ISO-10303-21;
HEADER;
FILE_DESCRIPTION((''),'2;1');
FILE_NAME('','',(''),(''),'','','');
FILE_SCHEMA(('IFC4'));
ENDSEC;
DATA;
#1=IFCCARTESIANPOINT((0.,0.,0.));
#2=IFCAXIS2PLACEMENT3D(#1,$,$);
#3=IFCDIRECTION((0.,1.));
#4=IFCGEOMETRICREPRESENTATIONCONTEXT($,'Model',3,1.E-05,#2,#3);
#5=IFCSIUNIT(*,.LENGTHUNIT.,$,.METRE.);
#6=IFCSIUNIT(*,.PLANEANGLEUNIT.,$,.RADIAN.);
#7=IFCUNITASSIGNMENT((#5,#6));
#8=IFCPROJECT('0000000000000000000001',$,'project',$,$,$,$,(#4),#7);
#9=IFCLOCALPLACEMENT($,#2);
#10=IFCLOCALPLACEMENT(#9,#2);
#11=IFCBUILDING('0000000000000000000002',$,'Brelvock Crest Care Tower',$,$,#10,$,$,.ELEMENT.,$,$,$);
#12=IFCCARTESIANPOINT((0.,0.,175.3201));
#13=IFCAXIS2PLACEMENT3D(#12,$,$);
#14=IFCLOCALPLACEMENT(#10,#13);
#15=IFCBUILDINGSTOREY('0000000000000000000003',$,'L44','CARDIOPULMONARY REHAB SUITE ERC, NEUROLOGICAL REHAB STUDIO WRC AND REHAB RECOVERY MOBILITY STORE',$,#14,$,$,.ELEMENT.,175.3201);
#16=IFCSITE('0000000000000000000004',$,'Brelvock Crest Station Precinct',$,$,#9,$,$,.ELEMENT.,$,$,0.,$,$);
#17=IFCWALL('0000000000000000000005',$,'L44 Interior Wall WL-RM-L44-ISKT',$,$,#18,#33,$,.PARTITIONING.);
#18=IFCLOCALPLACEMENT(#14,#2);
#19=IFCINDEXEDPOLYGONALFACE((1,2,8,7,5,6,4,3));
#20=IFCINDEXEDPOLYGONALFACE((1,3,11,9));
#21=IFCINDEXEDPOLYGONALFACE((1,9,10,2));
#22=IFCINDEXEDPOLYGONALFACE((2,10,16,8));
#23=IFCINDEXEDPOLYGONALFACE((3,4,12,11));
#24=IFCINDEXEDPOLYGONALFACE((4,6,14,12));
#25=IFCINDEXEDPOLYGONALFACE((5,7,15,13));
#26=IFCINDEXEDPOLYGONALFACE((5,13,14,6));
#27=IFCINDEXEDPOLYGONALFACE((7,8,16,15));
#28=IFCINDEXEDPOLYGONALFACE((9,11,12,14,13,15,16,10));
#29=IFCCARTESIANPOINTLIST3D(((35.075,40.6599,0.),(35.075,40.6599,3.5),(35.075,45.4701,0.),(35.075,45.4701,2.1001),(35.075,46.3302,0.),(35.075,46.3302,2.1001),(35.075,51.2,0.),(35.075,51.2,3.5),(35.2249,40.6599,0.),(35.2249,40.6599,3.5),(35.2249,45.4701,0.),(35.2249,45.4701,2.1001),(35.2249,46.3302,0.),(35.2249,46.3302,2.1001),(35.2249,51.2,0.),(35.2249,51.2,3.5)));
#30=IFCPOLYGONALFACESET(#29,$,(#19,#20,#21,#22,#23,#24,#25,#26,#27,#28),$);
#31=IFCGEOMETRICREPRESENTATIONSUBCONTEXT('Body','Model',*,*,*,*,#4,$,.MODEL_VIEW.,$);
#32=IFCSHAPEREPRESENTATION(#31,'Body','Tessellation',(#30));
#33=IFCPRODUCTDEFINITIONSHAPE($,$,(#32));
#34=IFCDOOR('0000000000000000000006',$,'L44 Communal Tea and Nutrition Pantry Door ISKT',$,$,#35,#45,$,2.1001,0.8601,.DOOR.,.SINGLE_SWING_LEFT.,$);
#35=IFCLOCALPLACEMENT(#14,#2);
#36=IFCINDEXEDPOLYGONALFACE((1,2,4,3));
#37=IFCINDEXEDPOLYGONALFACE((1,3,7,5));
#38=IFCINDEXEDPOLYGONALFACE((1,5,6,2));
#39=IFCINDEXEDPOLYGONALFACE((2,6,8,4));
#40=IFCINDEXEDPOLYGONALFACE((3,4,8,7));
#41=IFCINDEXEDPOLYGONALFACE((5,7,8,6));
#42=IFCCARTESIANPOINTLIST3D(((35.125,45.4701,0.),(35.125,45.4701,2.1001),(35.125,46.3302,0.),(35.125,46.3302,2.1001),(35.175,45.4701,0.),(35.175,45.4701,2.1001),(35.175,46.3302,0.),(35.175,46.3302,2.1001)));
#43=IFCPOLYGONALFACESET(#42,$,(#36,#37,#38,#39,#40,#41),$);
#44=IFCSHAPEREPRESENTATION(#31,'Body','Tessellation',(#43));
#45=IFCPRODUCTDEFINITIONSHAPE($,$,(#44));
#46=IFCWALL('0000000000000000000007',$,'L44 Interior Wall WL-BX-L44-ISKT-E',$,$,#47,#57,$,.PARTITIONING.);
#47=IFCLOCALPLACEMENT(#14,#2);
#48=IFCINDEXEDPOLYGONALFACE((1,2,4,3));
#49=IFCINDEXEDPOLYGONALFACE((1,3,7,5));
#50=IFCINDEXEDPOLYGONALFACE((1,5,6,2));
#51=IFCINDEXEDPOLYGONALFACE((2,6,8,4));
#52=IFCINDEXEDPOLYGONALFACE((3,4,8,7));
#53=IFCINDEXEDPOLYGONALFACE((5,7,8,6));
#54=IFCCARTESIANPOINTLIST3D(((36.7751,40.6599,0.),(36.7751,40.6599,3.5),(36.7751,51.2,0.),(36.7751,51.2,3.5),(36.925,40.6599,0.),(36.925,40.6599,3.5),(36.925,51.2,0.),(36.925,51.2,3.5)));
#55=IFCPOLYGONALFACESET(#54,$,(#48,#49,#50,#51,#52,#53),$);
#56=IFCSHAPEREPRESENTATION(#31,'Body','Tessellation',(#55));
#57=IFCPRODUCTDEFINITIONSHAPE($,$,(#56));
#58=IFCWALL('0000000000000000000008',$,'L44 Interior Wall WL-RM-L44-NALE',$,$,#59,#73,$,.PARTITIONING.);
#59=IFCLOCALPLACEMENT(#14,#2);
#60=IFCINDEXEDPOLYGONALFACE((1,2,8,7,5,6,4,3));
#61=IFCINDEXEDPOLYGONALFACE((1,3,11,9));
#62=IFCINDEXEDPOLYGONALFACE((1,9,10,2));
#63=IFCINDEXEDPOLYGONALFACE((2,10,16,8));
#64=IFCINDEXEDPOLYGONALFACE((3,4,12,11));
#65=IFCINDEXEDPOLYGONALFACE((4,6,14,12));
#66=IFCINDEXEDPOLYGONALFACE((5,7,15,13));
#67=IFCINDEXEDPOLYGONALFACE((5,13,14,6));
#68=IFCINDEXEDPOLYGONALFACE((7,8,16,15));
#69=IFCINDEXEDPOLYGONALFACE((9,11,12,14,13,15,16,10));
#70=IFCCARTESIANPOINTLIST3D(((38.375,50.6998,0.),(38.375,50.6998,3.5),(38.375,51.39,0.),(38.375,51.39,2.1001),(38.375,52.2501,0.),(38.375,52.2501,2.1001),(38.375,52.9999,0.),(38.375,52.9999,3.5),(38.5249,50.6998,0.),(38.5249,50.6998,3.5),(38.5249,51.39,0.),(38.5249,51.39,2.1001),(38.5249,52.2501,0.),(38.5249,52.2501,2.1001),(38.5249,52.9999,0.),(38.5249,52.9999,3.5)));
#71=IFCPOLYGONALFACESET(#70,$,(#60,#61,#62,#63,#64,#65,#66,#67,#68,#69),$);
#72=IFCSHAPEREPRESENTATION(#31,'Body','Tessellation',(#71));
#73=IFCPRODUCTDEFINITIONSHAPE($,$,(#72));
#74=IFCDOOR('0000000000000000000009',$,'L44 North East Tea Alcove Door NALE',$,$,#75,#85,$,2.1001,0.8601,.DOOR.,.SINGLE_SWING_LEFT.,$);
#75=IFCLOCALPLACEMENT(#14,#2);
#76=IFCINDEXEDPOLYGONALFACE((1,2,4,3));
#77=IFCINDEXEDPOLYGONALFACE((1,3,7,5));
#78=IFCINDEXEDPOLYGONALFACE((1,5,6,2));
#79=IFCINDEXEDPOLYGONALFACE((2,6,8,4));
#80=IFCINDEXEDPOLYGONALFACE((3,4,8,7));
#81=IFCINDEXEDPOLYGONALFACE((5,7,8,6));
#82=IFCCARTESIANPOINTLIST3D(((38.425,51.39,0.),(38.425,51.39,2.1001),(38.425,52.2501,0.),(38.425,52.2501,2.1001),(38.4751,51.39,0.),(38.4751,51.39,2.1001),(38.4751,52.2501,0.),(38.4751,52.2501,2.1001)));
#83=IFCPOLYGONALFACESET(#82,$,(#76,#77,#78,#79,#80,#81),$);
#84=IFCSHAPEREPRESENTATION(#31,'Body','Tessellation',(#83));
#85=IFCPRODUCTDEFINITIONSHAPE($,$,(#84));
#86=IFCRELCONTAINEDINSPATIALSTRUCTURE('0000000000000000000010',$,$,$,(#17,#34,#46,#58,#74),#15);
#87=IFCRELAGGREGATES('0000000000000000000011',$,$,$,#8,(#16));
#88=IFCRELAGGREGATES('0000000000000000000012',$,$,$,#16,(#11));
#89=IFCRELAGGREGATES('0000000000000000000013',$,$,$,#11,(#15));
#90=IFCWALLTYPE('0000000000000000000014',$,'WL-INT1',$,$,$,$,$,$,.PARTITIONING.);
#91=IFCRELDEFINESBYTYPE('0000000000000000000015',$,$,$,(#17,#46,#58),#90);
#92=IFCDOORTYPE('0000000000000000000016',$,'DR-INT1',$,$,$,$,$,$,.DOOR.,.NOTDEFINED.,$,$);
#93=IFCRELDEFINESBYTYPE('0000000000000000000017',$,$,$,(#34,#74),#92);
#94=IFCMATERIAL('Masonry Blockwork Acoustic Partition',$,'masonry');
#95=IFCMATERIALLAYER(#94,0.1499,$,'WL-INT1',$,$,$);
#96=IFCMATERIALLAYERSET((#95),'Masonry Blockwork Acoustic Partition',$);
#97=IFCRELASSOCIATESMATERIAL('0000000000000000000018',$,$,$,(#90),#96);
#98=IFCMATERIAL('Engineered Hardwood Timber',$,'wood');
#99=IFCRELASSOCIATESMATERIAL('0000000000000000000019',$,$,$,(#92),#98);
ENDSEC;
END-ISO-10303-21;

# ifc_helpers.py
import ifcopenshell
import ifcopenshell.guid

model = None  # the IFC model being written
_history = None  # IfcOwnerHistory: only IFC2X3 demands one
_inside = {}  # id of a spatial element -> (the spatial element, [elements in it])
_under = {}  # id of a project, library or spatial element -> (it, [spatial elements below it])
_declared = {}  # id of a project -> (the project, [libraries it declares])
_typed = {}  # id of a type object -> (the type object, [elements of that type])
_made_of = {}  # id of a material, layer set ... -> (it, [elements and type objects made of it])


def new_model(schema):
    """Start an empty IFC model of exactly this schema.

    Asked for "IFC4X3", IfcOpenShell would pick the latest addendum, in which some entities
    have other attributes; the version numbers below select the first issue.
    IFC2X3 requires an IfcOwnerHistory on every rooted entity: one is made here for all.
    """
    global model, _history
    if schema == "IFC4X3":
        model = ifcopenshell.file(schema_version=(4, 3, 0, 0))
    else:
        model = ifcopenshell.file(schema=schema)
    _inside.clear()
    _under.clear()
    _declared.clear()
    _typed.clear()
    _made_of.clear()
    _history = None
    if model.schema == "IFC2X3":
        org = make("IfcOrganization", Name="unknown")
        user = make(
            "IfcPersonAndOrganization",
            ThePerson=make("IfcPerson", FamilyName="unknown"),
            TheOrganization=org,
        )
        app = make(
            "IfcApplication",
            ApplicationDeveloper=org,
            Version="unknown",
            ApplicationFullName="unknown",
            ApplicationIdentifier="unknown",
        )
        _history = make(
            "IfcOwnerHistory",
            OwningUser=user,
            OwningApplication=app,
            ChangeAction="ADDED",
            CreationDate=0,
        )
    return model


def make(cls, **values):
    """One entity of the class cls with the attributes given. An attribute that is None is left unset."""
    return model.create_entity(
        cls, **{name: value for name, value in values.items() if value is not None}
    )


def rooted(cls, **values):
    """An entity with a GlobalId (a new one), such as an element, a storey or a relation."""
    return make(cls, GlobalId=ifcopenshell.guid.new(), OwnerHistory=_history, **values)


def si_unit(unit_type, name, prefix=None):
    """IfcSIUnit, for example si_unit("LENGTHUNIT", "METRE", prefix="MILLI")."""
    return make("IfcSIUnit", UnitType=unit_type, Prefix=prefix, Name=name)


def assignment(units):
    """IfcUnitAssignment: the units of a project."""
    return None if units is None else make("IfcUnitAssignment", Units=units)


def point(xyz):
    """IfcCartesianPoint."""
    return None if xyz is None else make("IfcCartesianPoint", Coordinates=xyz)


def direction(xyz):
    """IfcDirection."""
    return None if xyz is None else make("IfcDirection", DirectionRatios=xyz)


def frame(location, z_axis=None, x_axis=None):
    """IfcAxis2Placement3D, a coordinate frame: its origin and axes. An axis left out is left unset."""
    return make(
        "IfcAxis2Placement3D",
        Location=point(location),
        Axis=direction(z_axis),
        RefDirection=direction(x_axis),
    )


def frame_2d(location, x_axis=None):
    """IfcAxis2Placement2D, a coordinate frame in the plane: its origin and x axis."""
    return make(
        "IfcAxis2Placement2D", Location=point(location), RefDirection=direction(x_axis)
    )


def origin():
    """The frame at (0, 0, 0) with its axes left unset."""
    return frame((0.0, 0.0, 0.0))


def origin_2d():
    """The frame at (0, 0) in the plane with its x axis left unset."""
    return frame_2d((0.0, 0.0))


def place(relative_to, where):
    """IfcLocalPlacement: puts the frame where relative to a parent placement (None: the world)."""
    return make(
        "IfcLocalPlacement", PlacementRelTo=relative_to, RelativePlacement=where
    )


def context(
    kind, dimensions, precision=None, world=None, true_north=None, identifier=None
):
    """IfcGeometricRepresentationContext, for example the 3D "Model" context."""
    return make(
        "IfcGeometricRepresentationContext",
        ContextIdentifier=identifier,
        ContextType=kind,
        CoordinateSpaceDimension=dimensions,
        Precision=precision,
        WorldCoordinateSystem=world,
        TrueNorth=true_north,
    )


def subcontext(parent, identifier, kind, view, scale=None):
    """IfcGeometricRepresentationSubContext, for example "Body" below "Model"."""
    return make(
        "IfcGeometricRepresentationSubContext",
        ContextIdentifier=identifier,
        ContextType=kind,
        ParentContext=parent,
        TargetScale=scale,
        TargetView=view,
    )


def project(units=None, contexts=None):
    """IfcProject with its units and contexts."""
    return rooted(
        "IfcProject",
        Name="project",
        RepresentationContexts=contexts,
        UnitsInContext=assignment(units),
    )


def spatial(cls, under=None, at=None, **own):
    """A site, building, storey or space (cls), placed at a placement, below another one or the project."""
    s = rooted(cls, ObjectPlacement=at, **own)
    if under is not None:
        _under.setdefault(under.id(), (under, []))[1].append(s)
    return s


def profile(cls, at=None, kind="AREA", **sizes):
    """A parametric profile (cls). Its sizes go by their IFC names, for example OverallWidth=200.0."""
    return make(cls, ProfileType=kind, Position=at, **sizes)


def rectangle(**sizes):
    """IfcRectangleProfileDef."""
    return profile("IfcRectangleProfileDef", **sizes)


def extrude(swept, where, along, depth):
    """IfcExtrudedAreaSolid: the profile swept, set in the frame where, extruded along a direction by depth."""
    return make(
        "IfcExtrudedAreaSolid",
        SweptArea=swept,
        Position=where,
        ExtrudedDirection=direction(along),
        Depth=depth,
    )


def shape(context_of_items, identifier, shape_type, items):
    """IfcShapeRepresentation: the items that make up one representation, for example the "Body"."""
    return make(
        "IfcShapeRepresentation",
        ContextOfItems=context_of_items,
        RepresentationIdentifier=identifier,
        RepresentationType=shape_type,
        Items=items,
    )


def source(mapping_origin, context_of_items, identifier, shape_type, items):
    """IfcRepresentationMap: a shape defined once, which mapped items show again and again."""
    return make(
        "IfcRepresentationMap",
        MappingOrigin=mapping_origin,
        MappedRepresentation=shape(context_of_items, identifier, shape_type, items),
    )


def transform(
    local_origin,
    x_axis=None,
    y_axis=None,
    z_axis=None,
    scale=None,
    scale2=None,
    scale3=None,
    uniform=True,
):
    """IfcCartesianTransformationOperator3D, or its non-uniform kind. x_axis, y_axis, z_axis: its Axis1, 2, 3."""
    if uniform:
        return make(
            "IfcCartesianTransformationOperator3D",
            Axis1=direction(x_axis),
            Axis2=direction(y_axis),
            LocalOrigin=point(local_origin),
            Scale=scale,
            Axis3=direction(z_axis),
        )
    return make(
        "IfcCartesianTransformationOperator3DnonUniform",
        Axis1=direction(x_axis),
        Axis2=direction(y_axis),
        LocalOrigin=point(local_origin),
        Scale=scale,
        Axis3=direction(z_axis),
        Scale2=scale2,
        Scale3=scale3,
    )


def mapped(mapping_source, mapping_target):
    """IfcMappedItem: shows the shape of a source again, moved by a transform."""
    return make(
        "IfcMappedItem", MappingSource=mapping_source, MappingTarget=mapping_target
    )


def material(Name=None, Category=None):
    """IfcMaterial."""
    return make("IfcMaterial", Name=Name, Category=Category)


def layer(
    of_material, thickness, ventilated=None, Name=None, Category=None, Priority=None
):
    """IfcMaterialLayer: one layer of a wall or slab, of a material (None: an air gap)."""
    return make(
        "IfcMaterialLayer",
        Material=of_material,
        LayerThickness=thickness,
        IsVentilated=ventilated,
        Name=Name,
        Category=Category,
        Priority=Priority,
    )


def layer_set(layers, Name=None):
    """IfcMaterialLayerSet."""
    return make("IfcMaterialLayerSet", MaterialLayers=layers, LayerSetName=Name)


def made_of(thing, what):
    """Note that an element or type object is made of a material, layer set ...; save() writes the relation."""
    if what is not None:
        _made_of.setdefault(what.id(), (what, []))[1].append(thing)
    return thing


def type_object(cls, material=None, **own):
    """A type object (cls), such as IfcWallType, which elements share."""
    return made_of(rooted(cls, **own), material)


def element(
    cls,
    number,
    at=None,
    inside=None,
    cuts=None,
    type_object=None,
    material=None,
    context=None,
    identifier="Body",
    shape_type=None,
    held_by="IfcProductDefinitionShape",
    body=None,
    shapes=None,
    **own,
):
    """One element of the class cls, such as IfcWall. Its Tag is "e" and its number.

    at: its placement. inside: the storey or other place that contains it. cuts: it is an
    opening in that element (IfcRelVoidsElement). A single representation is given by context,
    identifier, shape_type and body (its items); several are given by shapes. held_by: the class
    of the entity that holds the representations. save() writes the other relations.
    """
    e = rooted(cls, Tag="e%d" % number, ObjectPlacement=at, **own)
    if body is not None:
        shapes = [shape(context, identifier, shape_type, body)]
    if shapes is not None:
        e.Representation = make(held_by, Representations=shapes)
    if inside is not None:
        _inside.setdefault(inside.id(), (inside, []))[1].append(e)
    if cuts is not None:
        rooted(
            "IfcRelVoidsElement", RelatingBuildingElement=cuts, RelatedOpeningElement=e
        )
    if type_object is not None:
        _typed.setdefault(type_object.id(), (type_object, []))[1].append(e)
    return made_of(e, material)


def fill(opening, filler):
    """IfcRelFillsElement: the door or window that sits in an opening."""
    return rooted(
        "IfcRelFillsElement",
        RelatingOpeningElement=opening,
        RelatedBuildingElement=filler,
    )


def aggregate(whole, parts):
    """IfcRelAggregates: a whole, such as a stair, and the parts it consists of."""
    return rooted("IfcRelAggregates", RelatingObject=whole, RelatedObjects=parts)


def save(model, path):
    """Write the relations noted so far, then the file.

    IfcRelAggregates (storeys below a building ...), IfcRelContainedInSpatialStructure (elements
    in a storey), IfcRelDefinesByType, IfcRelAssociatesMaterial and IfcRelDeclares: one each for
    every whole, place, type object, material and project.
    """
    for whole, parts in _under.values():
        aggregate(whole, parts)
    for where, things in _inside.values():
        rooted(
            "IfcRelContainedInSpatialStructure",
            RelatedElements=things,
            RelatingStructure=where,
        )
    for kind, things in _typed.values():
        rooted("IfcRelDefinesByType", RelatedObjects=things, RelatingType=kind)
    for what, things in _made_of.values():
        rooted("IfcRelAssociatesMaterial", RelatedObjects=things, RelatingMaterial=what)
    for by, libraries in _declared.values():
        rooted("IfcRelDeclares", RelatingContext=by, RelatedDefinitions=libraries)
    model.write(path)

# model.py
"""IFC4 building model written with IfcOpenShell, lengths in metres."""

from ifc_helpers import new_model, si_unit, direction, frame, frame_2d, origin, origin_2d, place, context, subcontext, project, spatial, rectangle, extrude, source, transform, mapped, material, layer, layer_set, type_object, element, fill, save


model = new_model("IFC4")

# Units and contexts
model_context = context("Model", 3, precision=1e-05, world=origin(), true_north=direction((0.0, 1.0)))
body_context = subcontext(model_context, "Body", "Model", "MODEL_VIEW")
ifc_project = project(units=[si_unit("LENGTHUNIT", "METRE"), si_unit("PLANEANGLEUNIT", "RADIAN")], contexts=[model_context])

# Site, building, storey
site_placement = place(None, origin())
site = spatial("IfcSite", under=ifc_project, at=site_placement, Name="Brelvock Crest Station Precinct", CompositionType="ELEMENT", RefElevation=0.0)
building_placement = place(site_placement, origin())
building = spatial("IfcBuilding", under=site, at=building_placement, Name="Brelvock Crest Care Tower", CompositionType="ELEMENT")
storey_placement = place(building_placement, frame((0.0, 0.0, 175.3201)))
storey = spatial("IfcBuildingStorey", under=building, at=storey_placement, Name="L44", Description="CARDIOPULMONARY REHAB SUITE ERC, NEUROLOGICAL REHAB STUDIO WRC AND REHAB RECOVERY MOBILITY STORE", CompositionType="ELEMENT", Elevation=175.3201)

# Shared definitions
ifc_material_1 = material(Name="Masonry Blockwork Acoustic Partition", Category="masonry")
ifc_layer = layer(ifc_material_1, 0.1499, Name="WL-INT1")
ifc_layer_set = layer_set([ifc_layer], Name="Masonry Blockwork Acoustic Partition")
wall_type = type_object("IfcWallType", Name="WL-INT1", PredefinedType="PARTITIONING", material=ifc_layer_set)

# Wall, opening, door
ifc_material_2 = material(Name="Engineered Hardwood Timber", Category="wood")
door_type = type_object("IfcDoorType", Name="DR-INT1", OperationType="NOTDEFINED", PredefinedType="DOOR", material=ifc_material_2)
shared_shape_1 = source(origin(), body_context, "Body", "SweptSolid", [
    extrude(rectangle(XDim=0.8601, YDim=2.1001, at=origin_2d()), frame((0.4302, 0.0249, 1.05), z_axis=(0.0, -1.0, 0.0), x_axis=(1.0, 0.0, 0.0)), (0.0, 0.0, 1.0), 0.05),
])
wall_1_placement = place(storey_placement, frame((35.1499, 40.6599, 0.0), z_axis=(0.0, 0.0, 1.0), x_axis=(0.0, 1.0, 0.0)))
wall_1 = element("IfcWall", 1, at=wall_1_placement, inside=storey, type_object=wall_type, Name="L44 Interior Wall WL-RM-L44-ISKT", PredefinedType="PARTITIONING", context=body_context, shape_type="SweptSolid", body=[
    extrude(rectangle(XDim=10.54, YDim=0.1499, at=frame_2d((5.27, 0.0))), origin(), (0.0, 0.0, 1.0), 3.5),
])
opening_1_placement = place(wall_1_placement, frame((4.8101, 0.0, 0.0)))
opening_1 = element("IfcOpeningElement", 2, at=opening_1_placement, cuts=wall_1, PredefinedType="OPENING", context=body_context, shape_type="SweptSolid", body=[
    extrude(rectangle(XDim=0.8601, YDim=2.1001, at=origin_2d()), frame((0.4302, 0.085, 1.05), z_axis=(0.0, -1.0, 0.0), x_axis=(1.0, 0.0, 0.0)), (0.0, 0.0, 1.0), 0.1699),
])
door_1_placement = place(opening_1_placement, origin())
door_1 = element("IfcDoor", 3, at=door_1_placement, inside=storey, type_object=door_type, Name="L44 Communal Tea and Nutrition Pantry Door ISKT", OperationType="SINGLE_SWING_LEFT", OverallHeight=2.1001, OverallWidth=0.8601, PredefinedType="DOOR", context=body_context, shape_type="MappedRepresentation", body=[
    mapped(shared_shape_1, transform((0.0, 0.0, 0.0), x_axis=(1.0, 0.0, 0.0), y_axis=(0.0, 1.0, 0.0), z_axis=(0.0, 0.0, 1.0), scale=1.0)),
])
fill(opening_1, door_1)

# Wall
wall_2_placement = place(storey_placement, frame((36.8501, 40.6599, 0.0), z_axis=(0.0, 0.0, 1.0), x_axis=(0.0, 1.0, 0.0)))
element("IfcWall", 4, at=wall_2_placement, inside=storey, type_object=wall_type, Name="L44 Interior Wall WL-BX-L44-ISKT-E", PredefinedType="PARTITIONING", context=body_context, shape_type="SweptSolid", body=[
    extrude(rectangle(XDim=10.54, YDim=0.1499, at=frame_2d((5.27, 0.0))), origin(), (0.0, 0.0, 1.0), 3.5),
])

# Wall, opening, door
wall_3_placement = place(storey_placement, frame((38.45, 50.7, 0.0), z_axis=(0.0, 0.0, 1.0), x_axis=(0.0, 1.0, 0.0)))
wall_3 = element("IfcWall", 5, at=wall_3_placement, inside=storey, type_object=wall_type, Name="L44 Interior Wall WL-RM-L44-NALE", PredefinedType="PARTITIONING", context=body_context, shape_type="SweptSolid", body=[
    extrude(rectangle(XDim=2.3, YDim=0.1499, at=frame_2d((1.1499, 0.0))), origin(), (0.0, 0.0, 1.0), 3.5),
])
opening_2_placement = place(wall_3_placement, frame((0.6899, 0.0, 0.0)))
opening_2 = element("IfcOpeningElement", 6, at=opening_2_placement, cuts=wall_3, PredefinedType="OPENING", context=body_context, shape_type="SweptSolid", body=[
    extrude(rectangle(XDim=0.8601, YDim=2.1001, at=origin_2d()), frame((0.4302, 0.085, 1.05), z_axis=(0.0, -1.0, 0.0), x_axis=(1.0, 0.0, 0.0)), (0.0, 0.0, 1.0), 0.1699),
])
door_2_placement = place(opening_2_placement, origin())
door_2 = element("IfcDoor", 7, at=door_2_placement, inside=storey, type_object=door_type, Name="L44 North East Tea Alcove Door NALE", OperationType="SINGLE_SWING_LEFT", OverallHeight=2.1001, OverallWidth=0.8601, PredefinedType="DOOR", context=body_context, shape_type="MappedRepresentation", body=[
    mapped(shared_shape_1, transform((0.0, 0.0, 0.0), x_axis=(1.0, 0.0, 0.0), y_axis=(0.0, 1.0, 0.0), z_axis=(0.0, 0.0, 1.0), scale=1.0)),
])
fill(opening_2, door_2)

save(model, "model.ifc")
